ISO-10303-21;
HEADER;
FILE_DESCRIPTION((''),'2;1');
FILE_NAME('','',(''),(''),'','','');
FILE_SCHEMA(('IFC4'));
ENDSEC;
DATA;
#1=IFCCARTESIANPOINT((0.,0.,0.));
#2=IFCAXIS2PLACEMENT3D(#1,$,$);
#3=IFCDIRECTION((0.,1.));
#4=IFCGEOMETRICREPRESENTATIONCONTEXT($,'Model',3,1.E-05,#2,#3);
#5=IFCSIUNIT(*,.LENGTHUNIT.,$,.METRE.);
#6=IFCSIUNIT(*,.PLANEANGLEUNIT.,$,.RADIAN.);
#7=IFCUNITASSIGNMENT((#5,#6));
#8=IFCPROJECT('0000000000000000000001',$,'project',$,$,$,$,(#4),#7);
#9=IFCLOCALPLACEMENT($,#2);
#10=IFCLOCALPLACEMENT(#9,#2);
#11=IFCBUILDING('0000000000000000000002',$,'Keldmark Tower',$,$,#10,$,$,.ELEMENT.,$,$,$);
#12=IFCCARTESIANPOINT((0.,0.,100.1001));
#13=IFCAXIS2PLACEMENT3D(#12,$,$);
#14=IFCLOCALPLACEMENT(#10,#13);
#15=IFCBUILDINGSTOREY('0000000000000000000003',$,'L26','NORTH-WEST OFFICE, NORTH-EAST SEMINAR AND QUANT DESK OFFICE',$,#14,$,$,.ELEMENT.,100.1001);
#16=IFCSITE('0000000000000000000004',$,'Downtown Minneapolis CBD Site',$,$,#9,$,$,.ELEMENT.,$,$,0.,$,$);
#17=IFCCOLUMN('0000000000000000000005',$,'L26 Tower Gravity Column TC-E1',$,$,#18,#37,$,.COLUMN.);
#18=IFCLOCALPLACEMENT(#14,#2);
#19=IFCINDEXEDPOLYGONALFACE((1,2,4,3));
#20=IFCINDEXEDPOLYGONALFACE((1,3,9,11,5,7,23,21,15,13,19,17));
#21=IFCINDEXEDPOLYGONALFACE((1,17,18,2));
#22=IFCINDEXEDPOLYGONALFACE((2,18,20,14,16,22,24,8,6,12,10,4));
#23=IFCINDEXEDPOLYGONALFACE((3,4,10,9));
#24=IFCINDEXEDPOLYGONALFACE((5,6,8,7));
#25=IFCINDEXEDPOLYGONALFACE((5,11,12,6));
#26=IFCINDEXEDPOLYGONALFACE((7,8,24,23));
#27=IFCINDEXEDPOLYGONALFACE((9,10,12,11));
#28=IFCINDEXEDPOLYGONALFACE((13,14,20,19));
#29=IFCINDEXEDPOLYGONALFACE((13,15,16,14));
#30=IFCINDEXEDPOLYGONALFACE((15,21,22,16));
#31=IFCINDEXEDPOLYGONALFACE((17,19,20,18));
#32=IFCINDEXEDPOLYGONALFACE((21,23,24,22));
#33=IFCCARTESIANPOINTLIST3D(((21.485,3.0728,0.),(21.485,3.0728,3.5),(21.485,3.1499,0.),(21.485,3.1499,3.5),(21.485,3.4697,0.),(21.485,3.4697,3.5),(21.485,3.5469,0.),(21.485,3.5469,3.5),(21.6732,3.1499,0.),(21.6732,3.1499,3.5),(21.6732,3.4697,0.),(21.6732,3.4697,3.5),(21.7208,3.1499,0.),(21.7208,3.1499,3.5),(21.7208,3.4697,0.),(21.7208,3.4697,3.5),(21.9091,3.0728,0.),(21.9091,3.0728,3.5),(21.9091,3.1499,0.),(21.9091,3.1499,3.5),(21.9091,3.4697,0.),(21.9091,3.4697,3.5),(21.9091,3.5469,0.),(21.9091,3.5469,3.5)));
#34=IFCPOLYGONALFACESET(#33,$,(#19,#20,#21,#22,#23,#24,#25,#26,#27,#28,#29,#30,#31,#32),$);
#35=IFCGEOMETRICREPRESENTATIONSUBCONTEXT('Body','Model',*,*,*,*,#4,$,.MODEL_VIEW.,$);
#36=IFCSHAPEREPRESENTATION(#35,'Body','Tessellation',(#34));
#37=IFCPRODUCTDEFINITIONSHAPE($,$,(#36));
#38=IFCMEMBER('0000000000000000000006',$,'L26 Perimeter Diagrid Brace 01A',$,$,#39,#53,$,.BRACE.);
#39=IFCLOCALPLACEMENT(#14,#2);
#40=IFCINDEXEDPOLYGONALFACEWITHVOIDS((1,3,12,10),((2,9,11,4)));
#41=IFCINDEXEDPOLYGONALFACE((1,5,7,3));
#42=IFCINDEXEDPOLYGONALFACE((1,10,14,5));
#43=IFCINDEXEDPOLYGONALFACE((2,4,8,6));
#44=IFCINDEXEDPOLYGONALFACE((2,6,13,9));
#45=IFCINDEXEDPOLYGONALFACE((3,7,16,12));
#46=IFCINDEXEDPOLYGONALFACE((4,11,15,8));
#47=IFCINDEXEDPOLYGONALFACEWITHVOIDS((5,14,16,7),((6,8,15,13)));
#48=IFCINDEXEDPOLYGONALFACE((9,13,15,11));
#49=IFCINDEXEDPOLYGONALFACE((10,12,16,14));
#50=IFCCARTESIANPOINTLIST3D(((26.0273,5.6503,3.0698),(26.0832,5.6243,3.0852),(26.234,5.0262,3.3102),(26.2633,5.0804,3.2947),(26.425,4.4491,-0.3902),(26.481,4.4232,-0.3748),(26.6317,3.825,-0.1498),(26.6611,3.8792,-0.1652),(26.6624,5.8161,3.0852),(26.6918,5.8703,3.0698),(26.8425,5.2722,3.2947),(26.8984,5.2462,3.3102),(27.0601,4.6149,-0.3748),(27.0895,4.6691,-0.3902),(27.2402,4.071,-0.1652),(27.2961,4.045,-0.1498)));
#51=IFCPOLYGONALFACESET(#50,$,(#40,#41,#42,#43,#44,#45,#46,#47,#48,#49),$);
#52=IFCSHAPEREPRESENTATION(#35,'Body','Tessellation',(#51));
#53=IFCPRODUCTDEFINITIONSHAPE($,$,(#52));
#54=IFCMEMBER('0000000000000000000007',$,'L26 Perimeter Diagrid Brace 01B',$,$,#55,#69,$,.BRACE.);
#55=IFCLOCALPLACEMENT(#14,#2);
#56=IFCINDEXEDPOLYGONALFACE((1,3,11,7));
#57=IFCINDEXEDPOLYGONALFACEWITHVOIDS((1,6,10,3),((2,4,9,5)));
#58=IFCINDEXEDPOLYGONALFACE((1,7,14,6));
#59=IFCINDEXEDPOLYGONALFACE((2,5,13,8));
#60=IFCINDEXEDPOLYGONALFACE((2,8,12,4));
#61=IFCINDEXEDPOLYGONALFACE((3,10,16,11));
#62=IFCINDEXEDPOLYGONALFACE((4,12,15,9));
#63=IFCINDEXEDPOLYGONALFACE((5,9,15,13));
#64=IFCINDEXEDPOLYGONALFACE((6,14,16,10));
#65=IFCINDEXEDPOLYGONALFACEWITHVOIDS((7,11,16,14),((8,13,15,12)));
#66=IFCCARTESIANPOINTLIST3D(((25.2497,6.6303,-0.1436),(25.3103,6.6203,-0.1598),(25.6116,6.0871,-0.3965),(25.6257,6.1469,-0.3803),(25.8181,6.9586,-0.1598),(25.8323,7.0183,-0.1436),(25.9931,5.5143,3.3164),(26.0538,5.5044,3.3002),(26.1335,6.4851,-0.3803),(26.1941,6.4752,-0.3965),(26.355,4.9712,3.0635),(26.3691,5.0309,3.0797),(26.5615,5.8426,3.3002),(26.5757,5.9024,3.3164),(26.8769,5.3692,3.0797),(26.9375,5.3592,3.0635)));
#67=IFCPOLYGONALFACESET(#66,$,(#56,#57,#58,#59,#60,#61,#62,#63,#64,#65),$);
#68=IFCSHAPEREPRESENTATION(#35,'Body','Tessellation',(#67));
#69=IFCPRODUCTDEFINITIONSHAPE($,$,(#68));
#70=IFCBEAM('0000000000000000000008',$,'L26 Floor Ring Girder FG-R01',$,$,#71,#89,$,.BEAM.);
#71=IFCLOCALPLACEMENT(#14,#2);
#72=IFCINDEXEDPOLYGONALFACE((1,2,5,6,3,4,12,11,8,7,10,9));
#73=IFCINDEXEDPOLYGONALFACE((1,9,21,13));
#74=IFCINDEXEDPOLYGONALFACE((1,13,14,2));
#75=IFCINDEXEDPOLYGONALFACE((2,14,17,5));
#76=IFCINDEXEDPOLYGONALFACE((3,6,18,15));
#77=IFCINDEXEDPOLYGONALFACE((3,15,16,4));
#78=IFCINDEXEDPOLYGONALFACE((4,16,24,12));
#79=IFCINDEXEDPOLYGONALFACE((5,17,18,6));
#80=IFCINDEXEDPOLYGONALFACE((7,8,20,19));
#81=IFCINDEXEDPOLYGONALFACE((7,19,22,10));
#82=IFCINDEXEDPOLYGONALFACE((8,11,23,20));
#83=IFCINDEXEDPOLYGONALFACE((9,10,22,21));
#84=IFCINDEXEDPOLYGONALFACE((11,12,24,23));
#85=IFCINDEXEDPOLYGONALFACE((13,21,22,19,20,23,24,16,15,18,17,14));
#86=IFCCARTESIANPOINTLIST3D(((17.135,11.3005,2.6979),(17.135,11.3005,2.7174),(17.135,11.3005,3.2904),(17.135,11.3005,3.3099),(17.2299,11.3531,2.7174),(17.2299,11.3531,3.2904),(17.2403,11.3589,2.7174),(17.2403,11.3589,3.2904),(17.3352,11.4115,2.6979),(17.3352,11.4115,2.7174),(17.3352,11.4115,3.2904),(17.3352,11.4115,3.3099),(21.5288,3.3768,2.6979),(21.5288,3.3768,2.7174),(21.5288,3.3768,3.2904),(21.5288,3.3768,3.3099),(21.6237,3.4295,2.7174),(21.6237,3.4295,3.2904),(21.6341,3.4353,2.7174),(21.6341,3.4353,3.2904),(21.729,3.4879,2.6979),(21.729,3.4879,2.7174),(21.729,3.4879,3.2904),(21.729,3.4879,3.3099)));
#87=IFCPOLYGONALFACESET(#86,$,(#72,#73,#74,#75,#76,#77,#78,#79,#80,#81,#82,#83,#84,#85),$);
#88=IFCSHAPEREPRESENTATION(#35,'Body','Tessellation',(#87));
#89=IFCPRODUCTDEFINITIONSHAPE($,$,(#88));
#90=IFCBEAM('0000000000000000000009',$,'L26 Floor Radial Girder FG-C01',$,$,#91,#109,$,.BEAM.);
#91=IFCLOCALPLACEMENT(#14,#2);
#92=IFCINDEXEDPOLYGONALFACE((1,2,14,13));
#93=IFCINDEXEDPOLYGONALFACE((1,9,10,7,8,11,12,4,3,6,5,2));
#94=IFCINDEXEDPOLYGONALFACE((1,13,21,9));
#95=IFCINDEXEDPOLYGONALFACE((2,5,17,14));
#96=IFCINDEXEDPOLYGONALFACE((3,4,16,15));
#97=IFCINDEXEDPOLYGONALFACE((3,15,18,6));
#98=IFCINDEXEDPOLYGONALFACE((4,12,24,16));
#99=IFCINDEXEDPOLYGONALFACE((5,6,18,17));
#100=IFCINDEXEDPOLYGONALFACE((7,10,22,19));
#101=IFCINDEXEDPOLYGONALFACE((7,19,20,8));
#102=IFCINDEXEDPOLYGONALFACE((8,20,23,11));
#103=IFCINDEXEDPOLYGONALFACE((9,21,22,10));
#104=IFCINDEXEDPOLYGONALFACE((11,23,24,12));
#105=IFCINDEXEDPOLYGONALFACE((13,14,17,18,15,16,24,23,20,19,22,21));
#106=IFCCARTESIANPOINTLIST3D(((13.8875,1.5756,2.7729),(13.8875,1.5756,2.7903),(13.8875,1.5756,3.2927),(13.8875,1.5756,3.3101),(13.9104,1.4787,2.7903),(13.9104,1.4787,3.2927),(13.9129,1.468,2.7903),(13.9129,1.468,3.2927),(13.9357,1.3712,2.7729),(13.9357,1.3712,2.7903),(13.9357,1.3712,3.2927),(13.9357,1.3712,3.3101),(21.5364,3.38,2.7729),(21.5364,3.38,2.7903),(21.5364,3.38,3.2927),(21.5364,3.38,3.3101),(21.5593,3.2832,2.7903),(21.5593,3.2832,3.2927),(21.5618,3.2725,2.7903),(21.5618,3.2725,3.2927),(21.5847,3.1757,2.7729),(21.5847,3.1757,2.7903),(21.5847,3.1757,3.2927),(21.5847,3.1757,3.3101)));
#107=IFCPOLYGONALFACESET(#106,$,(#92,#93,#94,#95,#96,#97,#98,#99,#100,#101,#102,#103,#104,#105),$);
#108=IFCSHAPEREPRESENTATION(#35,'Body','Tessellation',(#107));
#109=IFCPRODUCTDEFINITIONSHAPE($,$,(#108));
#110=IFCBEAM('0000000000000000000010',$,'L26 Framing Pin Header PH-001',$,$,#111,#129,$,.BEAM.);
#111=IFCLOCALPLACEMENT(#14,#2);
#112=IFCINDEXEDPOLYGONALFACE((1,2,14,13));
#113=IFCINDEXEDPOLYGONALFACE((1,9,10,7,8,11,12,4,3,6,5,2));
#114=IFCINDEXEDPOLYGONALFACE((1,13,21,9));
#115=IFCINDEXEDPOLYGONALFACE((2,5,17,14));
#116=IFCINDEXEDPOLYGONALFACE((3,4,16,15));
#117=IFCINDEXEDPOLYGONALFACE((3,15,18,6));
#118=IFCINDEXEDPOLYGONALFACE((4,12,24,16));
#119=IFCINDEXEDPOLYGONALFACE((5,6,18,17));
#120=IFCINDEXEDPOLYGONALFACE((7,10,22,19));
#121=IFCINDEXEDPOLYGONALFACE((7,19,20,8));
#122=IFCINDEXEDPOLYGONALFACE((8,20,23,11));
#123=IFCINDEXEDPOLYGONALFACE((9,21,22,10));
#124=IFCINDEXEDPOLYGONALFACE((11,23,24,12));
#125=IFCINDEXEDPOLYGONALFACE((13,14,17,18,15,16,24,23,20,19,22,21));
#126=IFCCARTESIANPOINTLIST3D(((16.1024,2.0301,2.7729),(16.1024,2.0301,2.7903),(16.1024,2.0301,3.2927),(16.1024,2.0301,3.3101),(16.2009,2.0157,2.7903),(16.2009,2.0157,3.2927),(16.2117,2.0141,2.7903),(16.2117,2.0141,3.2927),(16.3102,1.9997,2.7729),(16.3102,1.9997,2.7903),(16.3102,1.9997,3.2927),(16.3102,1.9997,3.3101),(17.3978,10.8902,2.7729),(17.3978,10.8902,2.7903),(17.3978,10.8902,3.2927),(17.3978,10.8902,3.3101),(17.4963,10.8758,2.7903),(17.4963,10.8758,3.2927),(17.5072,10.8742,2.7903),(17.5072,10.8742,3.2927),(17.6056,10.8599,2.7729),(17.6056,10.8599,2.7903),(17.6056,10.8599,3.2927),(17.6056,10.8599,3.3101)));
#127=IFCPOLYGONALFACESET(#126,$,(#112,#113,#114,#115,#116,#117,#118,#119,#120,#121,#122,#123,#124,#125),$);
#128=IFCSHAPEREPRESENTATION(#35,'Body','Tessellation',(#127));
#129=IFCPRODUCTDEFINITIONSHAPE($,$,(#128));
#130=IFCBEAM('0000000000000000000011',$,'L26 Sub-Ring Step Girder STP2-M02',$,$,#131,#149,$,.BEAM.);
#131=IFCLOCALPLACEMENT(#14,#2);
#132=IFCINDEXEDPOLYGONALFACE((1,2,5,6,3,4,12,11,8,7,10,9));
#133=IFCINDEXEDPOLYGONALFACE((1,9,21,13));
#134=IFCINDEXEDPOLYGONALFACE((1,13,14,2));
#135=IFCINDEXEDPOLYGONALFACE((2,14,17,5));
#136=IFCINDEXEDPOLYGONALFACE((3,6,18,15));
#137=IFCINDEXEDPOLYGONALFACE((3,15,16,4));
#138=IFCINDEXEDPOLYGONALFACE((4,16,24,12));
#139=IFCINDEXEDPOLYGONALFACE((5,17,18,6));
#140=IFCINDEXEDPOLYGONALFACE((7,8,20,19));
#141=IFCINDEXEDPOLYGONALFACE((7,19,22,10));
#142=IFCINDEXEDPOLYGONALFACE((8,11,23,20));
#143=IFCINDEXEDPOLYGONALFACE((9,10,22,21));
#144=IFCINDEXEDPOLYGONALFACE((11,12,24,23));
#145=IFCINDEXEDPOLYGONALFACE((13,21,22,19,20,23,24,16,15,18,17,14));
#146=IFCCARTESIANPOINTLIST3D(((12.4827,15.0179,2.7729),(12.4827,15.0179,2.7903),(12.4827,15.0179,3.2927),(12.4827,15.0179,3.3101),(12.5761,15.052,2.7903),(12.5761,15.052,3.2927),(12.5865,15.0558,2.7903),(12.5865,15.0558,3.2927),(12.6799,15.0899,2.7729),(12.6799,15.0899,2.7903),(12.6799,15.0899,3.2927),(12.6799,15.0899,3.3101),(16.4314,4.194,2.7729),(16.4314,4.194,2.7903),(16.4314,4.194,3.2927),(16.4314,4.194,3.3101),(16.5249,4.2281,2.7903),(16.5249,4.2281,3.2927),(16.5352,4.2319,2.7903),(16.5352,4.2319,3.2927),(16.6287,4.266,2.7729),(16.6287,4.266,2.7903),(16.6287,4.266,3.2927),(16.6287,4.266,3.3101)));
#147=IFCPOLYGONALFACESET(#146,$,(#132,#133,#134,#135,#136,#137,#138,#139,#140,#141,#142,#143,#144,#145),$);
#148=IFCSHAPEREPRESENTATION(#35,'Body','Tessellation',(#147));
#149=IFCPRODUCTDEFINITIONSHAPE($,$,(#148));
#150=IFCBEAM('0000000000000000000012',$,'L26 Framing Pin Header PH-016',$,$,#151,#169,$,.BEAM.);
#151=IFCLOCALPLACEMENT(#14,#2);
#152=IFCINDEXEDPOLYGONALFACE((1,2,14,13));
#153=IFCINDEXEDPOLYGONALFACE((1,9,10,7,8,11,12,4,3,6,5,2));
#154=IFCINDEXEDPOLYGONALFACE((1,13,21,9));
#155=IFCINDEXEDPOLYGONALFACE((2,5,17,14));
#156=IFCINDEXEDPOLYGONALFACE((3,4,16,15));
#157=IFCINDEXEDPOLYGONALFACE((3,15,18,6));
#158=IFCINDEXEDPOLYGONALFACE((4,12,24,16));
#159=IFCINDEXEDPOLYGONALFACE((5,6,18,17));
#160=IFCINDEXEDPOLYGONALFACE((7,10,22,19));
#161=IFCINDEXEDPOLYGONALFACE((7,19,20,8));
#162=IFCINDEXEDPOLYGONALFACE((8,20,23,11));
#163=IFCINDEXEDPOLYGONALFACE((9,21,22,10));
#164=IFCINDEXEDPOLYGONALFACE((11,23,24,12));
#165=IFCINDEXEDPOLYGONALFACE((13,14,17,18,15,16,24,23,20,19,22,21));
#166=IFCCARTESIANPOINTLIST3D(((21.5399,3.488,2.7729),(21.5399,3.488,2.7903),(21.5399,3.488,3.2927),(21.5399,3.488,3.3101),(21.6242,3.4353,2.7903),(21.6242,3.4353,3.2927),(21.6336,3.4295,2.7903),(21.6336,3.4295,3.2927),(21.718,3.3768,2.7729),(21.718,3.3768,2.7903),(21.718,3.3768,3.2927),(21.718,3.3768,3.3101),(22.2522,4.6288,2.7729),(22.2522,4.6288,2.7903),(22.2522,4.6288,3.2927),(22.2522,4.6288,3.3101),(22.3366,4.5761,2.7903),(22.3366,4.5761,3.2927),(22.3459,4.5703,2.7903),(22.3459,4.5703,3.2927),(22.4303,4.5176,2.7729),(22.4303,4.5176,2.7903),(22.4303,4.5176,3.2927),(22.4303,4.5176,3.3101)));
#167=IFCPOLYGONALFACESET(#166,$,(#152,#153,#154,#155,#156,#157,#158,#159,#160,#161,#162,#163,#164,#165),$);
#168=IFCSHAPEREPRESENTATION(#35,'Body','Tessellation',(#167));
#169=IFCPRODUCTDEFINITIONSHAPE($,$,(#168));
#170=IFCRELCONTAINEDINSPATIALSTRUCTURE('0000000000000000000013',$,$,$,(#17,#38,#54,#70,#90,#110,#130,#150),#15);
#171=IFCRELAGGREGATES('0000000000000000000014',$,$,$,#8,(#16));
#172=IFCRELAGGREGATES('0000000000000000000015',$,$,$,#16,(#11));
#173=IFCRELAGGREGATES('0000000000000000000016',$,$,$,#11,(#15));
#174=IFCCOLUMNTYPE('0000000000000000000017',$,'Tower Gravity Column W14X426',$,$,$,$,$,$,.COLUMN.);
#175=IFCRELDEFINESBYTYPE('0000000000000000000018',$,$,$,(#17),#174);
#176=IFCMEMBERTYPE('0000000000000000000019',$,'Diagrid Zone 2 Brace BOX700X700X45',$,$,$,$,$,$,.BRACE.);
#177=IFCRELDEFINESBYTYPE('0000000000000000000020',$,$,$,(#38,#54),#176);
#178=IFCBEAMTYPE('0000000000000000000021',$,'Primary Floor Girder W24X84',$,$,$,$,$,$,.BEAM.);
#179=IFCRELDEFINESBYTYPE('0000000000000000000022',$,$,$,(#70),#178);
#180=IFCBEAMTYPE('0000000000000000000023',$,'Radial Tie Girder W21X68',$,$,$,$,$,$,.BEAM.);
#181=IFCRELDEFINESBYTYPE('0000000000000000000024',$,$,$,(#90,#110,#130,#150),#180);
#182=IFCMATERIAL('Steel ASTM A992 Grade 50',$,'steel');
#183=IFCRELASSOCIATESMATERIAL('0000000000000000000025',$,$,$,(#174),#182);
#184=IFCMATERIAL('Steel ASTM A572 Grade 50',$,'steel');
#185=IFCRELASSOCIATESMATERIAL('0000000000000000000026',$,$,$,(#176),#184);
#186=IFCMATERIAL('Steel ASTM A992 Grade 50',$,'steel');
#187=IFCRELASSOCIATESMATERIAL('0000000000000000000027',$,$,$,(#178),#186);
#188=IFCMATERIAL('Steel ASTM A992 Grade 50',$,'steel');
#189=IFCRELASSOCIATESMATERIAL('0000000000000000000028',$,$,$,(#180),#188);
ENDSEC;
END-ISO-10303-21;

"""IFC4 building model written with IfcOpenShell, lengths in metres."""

from ifc_helpers import new_model, si_unit, direction, frame, origin, origin_2d, place, context, subcontext, project, spatial, hollow_rectangle, i_section, extrude, material, material_profile, profile_set, type_object, element, save


model = new_model("IFC4")

# Units and contexts
model_context = context("Model", 3, precision=1e-05, world=origin(), true_north=direction((0.0, 1.0)))
body_context = subcontext(model_context, "Body", "Model", "MODEL_VIEW")
ifc_project = project(units=[si_unit("LENGTHUNIT", "METRE"), si_unit("PLANEANGLEUNIT", "RADIAN")], contexts=[model_context])

# Site, building, storey
site_placement = place(None, origin())
site = spatial("IfcSite", under=ifc_project, at=site_placement, Name="Downtown Minneapolis CBD Site", CompositionType="ELEMENT", RefElevation=0.0)
building_placement = place(site_placement, origin())
building = spatial("IfcBuilding", under=site, at=building_placement, Name="Keldmark Tower", CompositionType="ELEMENT")
storey_placement = place(building_placement, frame((0.0, 0.0, 100.1001)))
storey = spatial("IfcBuildingStorey", under=building, at=storey_placement, Name="L26", Description="NORTH-WEST OFFICE, NORTH-EAST SEMINAR AND QUANT DESK OFFICE", CompositionType="ELEMENT", Elevation=100.1001)

# Column
ifc_material_1 = material(Name="Steel ASTM A992 Grade 50", Category="steel")
ifc_material_profile_1 = material_profile(ifc_material_1, i_section(OverallWidth=0.4241, OverallDepth=0.4741, WebThickness=0.0476, FlangeThickness=0.0771, at=origin_2d()), Name="W14X426")
ifc_profile_set_1 = profile_set([ifc_material_profile_1], Name="Steel ASTM A992 Grade 50")
column_type = type_object("IfcColumnType", Name="Tower Gravity Column W14X426", PredefinedType="COLUMN", material=ifc_profile_set_1)
column_placement = place(storey_placement, frame((21.697, 3.3098, 0.0), z_axis=(0.0, 0.0, 1.0), x_axis=(1.0, 0.0, 0.0)))
element("IfcColumn", 1, at=column_placement, inside=storey, type_object=column_type, Name="L26 Tower Gravity Column TC-E1", PredefinedType="COLUMN", context=body_context, shape_type="SweptSolid", body=[
    extrude(i_section(OverallWidth=0.4241, OverallDepth=0.4741, WebThickness=0.0476, FlangeThickness=0.0771, at=origin_2d()), origin(), (0.0, 0.0, 1.0), 3.5),
])

# Members
ifc_material_2 = material(Name="Steel ASTM A572 Grade 50", Category="steel")
ifc_material_profile_2 = material_profile(ifc_material_2, hollow_rectangle(XDim=0.7, YDim=0.7, WallThickness=0.0449, at=origin_2d()), Name="BOX700X700X45")
ifc_profile_set_2 = profile_set([ifc_material_profile_2], Name="Steel ASTM A572 Grade 50")
member_type = type_object("IfcMemberType", Name="Diagrid Zone 2 Brace BOX700X700X45", PredefinedType="BRACE", material=ifc_profile_set_2)
member_1_placement = place(storey_placement, frame((26.8606, 4.2471, -0.27), z_axis=(-0.107953, 0.326046, 0.93917), x_axis=(-0.949318, -0.314317, 0.0)))
element("IfcMember", 2, at=member_1_placement, inside=storey, type_object=member_type, Name="L26 Perimeter Diagrid Brace 01A", PredefinedType="BRACE", context=body_context, shape_type="SweptSolid", body=[
    extrude(hollow_rectangle(XDim=0.7, YDim=0.7, WallThickness=0.0449, at=origin_2d()), origin(), (0.0, 0.0, 1.0), 3.6841),
])
member_2_placement = place(storey_placement, frame((25.7219, 6.5527, -0.27), z_axis=(0.200341, -0.300742, 0.932426), x_axis=(0.832246, 0.554406, 0.0)))
element("IfcMember", 3, at=member_2_placement, inside=storey, type_object=member_type, Name="L26 Perimeter Diagrid Brace 01B", PredefinedType="BRACE", context=body_context, shape_type="SweptSolid", body=[
    extrude(hollow_rectangle(XDim=0.7, YDim=0.7, WallThickness=0.0449, at=origin_2d()), origin(), (0.0, 0.0, 1.0), 3.7107),
])

# Beams
ifc_material_3 = material(Name="Steel ASTM A992 Grade 50", Category="steel")
ifc_material_profile_3 = material_profile(ifc_material_3, i_section(OverallWidth=0.229, OverallDepth=0.6121, WebThickness=0.012, FlangeThickness=0.0195, at=origin_2d()), Name="W24X84")
ifc_profile_set_3 = profile_set([ifc_material_profile_3], Name="Steel ASTM A992 Grade 50")
beam_type_1 = type_object("IfcBeamType", Name="Primary Floor Girder W24X84", PredefinedType="BEAM", material=ifc_profile_set_3)
beam_1_placement = place(storey_placement, frame((21.6289, 3.4324, 3.0039), z_axis=(-0.484952, 0.874541, 0.0), x_axis=(-0.874541, -0.484952, 0.0)))
element("IfcBeam", 4, at=beam_1_placement, inside=storey, type_object=beam_type_1, Name="L26 Floor Ring Girder FG-R01", PredefinedType="BEAM", context=body_context, shape_type="SweptSolid", body=[
    extrude(i_section(OverallWidth=0.229, OverallDepth=0.6121, WebThickness=0.012, FlangeThickness=0.0195, at=origin_2d()), origin(), (0.0, 0.0, 1.0), 9.0603),
])
ifc_material_4 = material(Name="Steel ASTM A992 Grade 50", Category="steel")
ifc_material_profile_4 = material_profile(ifc_material_4, i_section(OverallWidth=0.21, OverallDepth=0.5371, WebThickness=0.011, FlangeThickness=0.0173, at=origin_2d()), Name="W21X68")
ifc_profile_set_4 = profile_set([ifc_material_profile_4], Name="Steel ASTM A992 Grade 50")
beam_type_2 = type_object("IfcBeamType", Name="Radial Tie Girder W21X68", PredefinedType="BEAM", material=ifc_profile_set_4)
beam_2_placement = place(storey_placement, frame((21.5605, 3.2778, 3.0415), z_axis=(-0.973284, -0.229606, 0.0), x_axis=(0.229606, -0.973284, 0.0)))
element("IfcBeam", 5, at=beam_2_placement, inside=storey, type_object=beam_type_2, Name="L26 Floor Radial Girder FG-C01", PredefinedType="BEAM", context=body_context, shape_type="SweptSolid", body=[
    extrude(i_section(OverallWidth=0.21, OverallDepth=0.5371, WebThickness=0.011, FlangeThickness=0.0173, at=origin_2d()), origin(), (0.0, 0.0, 1.0), 7.8589),
])
beam_3_placement = place(storey_placement, frame((16.2063, 2.0149, 3.0415), z_axis=(0.144669, 0.98948, 0.0), x_axis=(-0.98948, 0.144669, 0.0)))
element("IfcBeam", 6, at=beam_3_placement, inside=storey, type_object=beam_type_2, Name="L26 Framing Pin Header PH-001", PredefinedType="BEAM", context=body_context, shape_type="SweptSolid", body=[
    extrude(i_section(OverallWidth=0.21, OverallDepth=0.5371, WebThickness=0.011, FlangeThickness=0.0173, at=origin_2d()), origin(), (0.0, 0.0, 1.0), 8.9543),
])
beam_4_placement = place(storey_placement, frame((16.53, 4.23, 3.0415), z_axis=(-0.342719, 0.939438, 0.0), x_axis=(-0.939438, -0.342719, 0.0)))
element("IfcBeam", 7, at=beam_4_placement, inside=storey, type_object=beam_type_2, Name="L26 Sub-Ring Step Girder STP2-M02", PredefinedType="BEAM", context=body_context, shape_type="SweptSolid", body=[
    extrude(i_section(OverallWidth=0.21, OverallDepth=0.5371, WebThickness=0.011, FlangeThickness=0.0173, at=origin_2d()), origin(), (0.0, 0.0, 1.0), 11.5217),
])
beam_5_placement = place(storey_placement, frame((21.6289, 3.4324, 3.0415), z_axis=(0.529656, 0.848212, 0.0), x_axis=(-0.848212, 0.529656, 0.0)))
element("IfcBeam", 8, at=beam_5_placement, inside=storey, type_object=beam_type_2, Name="L26 Framing Pin Header PH-016", PredefinedType="BEAM", context=body_context, shape_type="SweptSolid", body=[
    extrude(i_section(OverallWidth=0.21, OverallDepth=0.5371, WebThickness=0.011, FlangeThickness=0.0173, at=origin_2d()), origin(), (0.0, 0.0, 1.0), 1.345),
])

save(model, "model.ifc")
